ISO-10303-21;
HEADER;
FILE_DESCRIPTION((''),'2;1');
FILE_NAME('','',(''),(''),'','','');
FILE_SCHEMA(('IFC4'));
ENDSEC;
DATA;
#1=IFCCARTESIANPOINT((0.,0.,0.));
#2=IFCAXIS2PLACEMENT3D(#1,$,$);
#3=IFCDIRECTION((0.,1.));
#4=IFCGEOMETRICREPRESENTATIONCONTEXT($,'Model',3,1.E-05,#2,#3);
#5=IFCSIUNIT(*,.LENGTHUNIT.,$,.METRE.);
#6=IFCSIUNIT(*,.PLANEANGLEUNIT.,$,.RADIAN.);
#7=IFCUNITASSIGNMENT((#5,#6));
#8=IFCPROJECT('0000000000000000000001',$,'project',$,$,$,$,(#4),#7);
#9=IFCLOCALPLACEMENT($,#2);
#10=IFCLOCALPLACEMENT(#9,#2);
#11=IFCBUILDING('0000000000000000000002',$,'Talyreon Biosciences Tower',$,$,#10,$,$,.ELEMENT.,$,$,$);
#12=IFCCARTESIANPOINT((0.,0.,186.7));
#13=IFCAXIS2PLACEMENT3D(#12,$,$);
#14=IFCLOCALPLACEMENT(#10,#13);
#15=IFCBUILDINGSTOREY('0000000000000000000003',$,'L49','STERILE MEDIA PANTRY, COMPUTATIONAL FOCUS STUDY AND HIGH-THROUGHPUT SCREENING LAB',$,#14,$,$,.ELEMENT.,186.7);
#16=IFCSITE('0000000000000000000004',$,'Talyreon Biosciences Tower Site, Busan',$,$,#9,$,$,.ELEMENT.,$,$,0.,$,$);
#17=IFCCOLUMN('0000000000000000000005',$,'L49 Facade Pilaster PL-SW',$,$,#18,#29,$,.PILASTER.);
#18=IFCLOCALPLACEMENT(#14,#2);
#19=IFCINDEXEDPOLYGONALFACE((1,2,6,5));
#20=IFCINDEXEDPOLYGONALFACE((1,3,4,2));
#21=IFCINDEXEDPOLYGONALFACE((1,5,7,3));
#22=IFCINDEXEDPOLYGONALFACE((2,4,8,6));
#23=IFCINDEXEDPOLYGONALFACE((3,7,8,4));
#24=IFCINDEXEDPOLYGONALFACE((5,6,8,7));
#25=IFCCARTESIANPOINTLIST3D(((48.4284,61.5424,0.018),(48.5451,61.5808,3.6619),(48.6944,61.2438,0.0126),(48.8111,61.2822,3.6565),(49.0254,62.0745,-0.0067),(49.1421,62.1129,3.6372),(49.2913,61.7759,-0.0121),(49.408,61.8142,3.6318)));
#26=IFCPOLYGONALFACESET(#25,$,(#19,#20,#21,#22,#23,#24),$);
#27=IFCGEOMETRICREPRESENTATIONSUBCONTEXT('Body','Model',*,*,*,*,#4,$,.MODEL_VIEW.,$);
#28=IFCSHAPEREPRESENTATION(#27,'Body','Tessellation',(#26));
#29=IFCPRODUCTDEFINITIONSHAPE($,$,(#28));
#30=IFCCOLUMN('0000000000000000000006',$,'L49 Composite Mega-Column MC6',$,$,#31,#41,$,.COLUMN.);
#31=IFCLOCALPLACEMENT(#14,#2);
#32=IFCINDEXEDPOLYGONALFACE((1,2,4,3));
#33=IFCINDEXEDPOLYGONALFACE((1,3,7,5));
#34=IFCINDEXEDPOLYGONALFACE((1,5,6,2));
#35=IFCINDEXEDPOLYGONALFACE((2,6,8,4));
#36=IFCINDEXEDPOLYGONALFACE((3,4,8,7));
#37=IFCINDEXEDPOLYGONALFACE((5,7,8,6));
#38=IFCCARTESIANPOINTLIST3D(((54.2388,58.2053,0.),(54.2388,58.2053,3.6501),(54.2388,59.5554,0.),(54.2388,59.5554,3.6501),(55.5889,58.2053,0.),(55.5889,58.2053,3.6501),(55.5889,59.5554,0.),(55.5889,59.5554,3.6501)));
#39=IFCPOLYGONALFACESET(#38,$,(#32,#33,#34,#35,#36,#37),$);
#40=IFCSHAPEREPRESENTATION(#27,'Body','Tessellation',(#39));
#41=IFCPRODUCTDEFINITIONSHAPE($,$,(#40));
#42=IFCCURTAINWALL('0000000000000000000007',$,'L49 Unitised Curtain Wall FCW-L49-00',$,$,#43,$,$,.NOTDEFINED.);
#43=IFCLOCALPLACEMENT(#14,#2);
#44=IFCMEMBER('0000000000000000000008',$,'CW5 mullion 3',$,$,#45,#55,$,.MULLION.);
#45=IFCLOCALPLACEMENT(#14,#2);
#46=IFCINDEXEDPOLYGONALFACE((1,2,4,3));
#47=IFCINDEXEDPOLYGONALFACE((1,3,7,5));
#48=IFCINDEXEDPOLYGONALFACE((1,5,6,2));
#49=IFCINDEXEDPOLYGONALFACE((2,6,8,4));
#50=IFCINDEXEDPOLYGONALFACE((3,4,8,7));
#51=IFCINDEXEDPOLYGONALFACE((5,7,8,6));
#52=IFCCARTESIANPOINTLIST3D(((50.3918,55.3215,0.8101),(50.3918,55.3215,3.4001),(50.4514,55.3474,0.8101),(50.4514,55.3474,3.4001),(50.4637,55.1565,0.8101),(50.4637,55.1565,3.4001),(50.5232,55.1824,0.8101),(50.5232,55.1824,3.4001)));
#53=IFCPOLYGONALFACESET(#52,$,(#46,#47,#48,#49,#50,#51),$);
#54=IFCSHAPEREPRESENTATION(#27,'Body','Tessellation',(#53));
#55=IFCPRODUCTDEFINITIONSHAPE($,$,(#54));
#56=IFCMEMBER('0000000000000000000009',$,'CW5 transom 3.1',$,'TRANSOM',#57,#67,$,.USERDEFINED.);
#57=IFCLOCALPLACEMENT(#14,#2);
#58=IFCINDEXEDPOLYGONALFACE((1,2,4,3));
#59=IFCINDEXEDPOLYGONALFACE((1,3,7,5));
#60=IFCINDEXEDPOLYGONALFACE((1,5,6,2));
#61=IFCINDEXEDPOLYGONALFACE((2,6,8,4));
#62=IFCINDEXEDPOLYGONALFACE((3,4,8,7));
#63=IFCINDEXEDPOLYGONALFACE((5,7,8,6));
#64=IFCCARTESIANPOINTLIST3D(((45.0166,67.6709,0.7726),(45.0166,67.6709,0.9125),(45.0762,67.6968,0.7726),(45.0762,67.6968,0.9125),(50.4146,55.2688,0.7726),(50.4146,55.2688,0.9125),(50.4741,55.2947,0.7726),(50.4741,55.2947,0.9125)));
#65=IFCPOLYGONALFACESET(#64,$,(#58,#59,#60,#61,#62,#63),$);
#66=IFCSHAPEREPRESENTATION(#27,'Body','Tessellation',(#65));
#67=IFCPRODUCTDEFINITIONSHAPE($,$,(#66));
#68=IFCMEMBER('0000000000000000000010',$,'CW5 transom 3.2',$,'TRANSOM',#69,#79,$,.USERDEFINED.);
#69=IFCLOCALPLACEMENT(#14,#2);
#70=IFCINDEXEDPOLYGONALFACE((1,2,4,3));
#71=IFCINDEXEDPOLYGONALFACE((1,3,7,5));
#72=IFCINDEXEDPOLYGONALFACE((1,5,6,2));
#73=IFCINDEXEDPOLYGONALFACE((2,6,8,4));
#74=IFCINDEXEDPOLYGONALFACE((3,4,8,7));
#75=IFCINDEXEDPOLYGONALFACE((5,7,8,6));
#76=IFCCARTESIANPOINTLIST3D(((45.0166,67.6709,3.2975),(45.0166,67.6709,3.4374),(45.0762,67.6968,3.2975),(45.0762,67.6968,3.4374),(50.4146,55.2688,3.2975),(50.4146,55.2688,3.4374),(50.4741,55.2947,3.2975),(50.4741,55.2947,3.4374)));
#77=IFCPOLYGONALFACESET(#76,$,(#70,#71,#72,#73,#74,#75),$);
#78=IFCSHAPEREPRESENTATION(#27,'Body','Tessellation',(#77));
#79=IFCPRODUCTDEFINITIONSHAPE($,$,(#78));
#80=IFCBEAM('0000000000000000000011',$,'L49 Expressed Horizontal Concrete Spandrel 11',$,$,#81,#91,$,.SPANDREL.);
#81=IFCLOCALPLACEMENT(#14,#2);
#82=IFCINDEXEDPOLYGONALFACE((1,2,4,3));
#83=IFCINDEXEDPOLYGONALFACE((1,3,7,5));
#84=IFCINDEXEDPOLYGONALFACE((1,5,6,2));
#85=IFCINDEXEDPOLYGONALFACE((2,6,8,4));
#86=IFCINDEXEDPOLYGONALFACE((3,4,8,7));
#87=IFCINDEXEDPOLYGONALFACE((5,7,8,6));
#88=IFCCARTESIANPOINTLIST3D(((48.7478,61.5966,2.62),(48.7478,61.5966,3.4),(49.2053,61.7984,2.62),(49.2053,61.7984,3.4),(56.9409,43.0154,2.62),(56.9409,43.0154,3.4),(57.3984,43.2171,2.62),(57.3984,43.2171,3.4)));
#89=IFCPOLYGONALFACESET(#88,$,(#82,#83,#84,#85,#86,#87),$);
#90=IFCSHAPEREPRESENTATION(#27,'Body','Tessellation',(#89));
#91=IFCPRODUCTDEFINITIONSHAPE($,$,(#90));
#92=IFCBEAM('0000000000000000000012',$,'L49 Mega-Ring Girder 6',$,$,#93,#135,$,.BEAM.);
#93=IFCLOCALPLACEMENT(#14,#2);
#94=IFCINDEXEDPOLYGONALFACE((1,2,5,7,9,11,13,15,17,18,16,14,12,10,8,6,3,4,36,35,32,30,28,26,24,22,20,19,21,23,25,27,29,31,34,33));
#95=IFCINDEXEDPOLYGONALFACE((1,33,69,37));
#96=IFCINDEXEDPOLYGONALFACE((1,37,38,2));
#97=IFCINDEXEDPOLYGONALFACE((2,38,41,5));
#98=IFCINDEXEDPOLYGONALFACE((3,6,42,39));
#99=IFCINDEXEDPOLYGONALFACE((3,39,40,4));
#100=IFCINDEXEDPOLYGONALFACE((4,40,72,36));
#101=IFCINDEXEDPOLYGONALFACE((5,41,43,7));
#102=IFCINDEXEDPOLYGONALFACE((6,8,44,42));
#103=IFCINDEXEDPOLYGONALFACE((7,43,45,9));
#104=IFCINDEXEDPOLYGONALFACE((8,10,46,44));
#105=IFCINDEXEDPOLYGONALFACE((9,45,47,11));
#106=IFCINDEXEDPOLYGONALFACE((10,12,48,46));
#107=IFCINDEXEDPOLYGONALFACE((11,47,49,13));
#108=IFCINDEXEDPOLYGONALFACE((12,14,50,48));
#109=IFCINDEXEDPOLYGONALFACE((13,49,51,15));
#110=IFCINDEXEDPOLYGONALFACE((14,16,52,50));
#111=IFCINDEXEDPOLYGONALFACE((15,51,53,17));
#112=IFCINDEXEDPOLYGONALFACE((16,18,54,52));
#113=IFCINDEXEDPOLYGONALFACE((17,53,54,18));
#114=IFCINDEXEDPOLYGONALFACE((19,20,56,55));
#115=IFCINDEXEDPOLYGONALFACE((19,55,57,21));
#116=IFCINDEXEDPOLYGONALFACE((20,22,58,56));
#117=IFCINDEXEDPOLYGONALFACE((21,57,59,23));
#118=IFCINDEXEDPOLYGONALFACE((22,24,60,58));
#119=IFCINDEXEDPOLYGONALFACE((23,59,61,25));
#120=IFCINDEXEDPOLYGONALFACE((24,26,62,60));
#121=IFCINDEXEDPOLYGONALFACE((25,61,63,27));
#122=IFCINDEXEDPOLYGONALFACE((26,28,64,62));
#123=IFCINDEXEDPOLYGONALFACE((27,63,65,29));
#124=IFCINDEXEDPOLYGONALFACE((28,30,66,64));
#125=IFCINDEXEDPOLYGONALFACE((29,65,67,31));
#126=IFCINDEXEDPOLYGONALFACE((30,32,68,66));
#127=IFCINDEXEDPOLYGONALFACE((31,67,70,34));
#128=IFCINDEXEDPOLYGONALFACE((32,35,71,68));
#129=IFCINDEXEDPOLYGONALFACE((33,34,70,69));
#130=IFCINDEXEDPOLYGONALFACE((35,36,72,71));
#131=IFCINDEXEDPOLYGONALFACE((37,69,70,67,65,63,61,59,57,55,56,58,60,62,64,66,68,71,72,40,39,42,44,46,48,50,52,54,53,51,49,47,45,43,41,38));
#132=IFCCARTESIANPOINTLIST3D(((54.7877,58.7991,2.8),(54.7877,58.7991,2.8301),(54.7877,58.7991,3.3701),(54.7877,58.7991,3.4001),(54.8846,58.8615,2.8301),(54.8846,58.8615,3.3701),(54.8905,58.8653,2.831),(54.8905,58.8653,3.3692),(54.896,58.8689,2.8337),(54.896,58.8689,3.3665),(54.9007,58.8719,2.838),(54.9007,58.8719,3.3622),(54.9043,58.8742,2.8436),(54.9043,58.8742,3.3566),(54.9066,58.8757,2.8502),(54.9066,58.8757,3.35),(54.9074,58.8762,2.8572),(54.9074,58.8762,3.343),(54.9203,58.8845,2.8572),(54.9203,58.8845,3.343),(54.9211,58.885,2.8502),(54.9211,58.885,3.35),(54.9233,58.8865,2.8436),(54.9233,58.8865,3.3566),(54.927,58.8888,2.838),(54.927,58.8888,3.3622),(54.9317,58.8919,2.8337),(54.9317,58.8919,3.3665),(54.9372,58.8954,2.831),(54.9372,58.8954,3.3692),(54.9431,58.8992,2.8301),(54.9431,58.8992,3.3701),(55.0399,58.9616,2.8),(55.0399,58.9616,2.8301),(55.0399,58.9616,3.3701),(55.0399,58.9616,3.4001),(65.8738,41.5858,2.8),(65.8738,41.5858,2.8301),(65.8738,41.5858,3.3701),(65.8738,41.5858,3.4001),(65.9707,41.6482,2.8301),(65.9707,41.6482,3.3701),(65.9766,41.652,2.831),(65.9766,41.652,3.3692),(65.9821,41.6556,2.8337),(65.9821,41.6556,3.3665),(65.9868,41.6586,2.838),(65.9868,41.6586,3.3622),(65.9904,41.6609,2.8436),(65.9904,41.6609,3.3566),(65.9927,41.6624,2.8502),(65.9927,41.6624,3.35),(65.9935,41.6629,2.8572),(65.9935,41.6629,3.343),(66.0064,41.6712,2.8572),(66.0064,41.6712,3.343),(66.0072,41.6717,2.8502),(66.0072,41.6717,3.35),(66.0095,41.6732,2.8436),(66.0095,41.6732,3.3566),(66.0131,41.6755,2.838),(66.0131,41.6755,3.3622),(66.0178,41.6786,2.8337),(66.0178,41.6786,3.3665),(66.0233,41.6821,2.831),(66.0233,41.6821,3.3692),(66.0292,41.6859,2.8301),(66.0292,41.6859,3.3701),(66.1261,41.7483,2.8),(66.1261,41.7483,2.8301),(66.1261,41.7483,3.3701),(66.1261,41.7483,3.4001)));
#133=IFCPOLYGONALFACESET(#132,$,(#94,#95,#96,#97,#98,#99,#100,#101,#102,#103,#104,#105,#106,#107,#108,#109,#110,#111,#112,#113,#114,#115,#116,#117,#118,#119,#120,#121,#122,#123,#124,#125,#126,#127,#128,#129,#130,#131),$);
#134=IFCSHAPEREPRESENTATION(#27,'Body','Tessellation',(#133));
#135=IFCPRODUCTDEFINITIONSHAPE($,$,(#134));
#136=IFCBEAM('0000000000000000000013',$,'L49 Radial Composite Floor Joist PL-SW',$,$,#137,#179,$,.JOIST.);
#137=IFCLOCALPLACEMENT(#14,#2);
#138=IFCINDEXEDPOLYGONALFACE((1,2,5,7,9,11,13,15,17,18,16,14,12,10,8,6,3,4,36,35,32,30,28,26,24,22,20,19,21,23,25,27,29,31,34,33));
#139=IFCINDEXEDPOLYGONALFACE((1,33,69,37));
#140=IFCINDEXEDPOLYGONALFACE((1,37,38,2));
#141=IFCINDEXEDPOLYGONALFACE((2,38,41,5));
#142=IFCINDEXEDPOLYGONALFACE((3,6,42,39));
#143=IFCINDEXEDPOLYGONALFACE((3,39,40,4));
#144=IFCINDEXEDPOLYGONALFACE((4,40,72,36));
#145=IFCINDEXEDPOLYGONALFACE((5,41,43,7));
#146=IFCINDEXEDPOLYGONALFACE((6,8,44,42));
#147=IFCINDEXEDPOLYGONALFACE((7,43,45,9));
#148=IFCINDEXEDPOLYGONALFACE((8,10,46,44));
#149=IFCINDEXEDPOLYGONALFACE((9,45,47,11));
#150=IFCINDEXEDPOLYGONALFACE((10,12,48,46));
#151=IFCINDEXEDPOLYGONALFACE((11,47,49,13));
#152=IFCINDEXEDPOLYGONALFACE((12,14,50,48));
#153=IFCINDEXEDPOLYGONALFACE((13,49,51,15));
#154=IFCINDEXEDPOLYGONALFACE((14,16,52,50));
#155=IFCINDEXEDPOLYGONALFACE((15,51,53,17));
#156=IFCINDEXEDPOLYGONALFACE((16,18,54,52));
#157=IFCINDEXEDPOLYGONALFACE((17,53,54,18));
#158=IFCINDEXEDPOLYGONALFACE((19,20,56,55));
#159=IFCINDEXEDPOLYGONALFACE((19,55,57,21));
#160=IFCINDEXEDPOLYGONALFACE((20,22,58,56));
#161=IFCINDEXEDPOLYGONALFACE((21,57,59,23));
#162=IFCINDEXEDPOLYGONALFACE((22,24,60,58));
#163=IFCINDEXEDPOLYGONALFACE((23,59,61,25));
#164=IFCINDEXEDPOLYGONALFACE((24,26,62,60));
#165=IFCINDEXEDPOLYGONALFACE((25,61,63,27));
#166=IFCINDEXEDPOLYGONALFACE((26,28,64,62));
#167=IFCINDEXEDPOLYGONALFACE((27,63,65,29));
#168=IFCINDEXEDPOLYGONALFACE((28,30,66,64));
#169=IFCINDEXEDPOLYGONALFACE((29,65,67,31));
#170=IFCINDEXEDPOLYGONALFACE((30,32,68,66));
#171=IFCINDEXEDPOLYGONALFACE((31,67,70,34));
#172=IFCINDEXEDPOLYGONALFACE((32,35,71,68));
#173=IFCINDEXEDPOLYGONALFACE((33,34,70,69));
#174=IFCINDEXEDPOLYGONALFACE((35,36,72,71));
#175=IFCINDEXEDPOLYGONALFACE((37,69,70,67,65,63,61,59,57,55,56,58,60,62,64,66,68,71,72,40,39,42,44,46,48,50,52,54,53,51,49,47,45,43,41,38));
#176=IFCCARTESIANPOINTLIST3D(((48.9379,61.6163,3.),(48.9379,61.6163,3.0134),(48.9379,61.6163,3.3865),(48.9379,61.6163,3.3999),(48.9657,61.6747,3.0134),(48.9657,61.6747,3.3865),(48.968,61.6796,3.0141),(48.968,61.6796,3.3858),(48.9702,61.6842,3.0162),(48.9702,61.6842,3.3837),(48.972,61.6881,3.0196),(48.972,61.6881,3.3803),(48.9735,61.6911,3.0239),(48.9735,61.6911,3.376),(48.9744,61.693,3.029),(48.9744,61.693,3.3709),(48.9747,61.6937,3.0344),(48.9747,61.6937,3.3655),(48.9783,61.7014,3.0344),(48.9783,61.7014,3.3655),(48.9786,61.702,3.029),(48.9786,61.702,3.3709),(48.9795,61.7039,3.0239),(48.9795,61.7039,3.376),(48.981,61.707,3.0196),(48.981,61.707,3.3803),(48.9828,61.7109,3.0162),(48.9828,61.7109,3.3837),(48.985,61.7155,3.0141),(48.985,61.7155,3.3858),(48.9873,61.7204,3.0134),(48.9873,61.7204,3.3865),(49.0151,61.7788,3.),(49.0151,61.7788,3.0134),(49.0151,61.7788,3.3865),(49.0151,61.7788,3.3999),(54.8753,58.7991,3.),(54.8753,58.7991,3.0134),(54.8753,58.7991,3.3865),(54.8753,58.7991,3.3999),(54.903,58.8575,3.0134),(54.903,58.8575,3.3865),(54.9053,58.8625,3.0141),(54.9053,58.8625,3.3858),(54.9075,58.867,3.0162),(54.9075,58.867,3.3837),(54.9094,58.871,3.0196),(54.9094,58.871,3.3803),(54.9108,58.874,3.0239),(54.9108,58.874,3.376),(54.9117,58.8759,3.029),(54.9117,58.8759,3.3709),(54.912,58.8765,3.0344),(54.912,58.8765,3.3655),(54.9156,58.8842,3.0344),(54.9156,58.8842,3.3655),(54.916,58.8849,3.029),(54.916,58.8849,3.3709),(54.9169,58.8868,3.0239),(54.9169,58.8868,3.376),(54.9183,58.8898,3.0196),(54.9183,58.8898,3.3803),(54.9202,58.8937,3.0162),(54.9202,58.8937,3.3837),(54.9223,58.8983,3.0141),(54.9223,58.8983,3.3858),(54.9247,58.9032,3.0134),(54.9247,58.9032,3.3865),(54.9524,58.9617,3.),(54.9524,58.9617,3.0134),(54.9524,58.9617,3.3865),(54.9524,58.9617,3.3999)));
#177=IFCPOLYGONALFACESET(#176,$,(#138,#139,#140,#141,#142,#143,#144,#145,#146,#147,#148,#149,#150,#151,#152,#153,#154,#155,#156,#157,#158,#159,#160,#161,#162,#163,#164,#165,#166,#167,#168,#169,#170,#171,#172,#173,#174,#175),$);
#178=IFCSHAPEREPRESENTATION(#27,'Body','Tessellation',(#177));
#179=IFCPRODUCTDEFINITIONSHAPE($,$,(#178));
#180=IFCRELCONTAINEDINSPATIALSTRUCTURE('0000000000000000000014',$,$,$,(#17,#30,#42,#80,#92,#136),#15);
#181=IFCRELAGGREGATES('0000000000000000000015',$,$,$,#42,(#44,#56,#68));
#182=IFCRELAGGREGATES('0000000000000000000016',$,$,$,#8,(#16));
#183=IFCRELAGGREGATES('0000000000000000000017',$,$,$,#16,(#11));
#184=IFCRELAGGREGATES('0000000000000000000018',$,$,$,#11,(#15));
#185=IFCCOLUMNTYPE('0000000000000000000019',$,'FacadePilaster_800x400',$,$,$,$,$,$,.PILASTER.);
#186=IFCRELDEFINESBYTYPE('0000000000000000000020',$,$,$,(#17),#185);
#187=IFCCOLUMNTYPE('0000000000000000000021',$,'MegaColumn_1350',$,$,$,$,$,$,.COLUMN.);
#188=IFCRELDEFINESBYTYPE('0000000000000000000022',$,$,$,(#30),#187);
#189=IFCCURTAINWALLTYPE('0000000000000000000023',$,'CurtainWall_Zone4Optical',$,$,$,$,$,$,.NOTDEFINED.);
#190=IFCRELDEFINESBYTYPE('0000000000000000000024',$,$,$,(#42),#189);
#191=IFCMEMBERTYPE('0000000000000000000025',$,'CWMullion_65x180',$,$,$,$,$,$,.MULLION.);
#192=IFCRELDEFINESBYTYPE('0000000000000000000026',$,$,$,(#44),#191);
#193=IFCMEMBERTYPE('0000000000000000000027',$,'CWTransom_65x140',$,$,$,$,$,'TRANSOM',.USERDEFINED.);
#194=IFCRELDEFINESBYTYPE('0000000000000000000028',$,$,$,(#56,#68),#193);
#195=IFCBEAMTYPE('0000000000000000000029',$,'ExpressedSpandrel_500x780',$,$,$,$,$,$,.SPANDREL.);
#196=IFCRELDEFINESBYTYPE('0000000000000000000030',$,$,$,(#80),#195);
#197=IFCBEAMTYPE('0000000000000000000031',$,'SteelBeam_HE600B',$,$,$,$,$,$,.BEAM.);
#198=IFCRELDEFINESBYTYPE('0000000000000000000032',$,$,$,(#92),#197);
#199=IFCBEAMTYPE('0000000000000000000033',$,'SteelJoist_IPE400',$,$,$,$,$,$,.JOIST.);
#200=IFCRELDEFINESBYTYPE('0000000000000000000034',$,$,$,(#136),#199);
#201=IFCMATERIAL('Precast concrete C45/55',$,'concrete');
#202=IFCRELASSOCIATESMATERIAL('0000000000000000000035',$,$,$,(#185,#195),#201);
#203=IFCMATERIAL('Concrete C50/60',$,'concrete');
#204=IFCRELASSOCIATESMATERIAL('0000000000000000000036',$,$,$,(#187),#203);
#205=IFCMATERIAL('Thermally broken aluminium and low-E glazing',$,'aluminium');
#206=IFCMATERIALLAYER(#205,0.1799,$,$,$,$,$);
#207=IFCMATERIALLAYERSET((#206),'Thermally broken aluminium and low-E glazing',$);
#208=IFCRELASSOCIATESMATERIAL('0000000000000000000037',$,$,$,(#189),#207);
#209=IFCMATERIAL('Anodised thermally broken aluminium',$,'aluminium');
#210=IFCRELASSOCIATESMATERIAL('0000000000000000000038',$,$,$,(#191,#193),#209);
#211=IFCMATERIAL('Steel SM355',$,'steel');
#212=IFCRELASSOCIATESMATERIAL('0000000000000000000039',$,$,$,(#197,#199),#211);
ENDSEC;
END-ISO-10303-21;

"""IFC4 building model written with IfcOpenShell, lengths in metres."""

from ifc_helpers import new_model, si_unit, direction, frame, origin, origin_2d, place, context, subcontext, project, spatial, rectangle, i_section, extrude, material, layer, layer_set, material_profile, profile_set, type_object, element, aggregate, save


model = new_model("IFC4")

# Units and contexts
model_context = context("Model", 3, precision=1e-05, world=origin(), true_north=direction((0.0, 1.0)))
body_context = subcontext(model_context, "Body", "Model", "MODEL_VIEW")
ifc_project = project(units=[si_unit("LENGTHUNIT", "METRE"), si_unit("PLANEANGLEUNIT", "RADIAN")], contexts=[model_context])

# Site, building, storey
site_placement = place(None, origin())
site = spatial("IfcSite", under=ifc_project, at=site_placement, Name="Talyreon Biosciences Tower Site, Busan", CompositionType="ELEMENT", RefElevation=0.0)
building_placement = place(site_placement, origin())
building = spatial("IfcBuilding", under=site, at=building_placement, Name="Talyreon Biosciences Tower", CompositionType="ELEMENT")
storey_placement = place(building_placement, frame((0.0, 0.0, 186.7)))
storey = spatial("IfcBuildingStorey", under=building, at=storey_placement, Name="L49", Description="STERILE MEDIA PANTRY, COMPUTATIONAL FOCUS STUDY AND HIGH-THROUGHPUT SCREENING LAB", CompositionType="ELEMENT", Elevation=186.7)

# Columns
ifc_material_1 = material(Name="Precast concrete C45/55", Category="concrete")
ifc_material_profile_1 = material_profile(ifc_material_1, rectangle(XDim=0.8, YDim=0.3999, at=origin_2d()), Name="RC 800x400")
ifc_profile_set_1 = profile_set([ifc_material_profile_1], Name="Precast concrete C45/55")
column_type_1 = type_object("IfcColumnType", Name="FacadePilaster_800x400", PredefinedType="PILASTER", material=ifc_profile_set_1)
column_1_placement = place(storey_placement, frame((48.8599, 61.6592, 0.0029), z_axis=(0.032006, 0.010513, 0.999432), x_axis=(0.746145, 0.665066, -0.030891)))
element("IfcColumn", 1, at=column_1_placement, inside=storey, type_object=column_type_1, Name="L49 Facade Pilaster PL-SW", PredefinedType="PILASTER", context=body_context, shape_type="SweptSolid", body=[
    extrude(rectangle(XDim=0.8, YDim=0.3999, at=origin_2d()), origin(), (0.0, 0.0, 1.0), 3.646),
])
ifc_material_2 = material(Name="Concrete C50/60", Category="concrete")
ifc_material_profile_2 = material_profile(ifc_material_2, rectangle(XDim=1.3501, YDim=1.3501, at=origin_2d()), Name="RC 1350x1350")
ifc_profile_set_2 = profile_set([ifc_material_profile_2], Name="Concrete C50/60")
column_type_2 = type_object("IfcColumnType", Name="MegaColumn_1350", PredefinedType="COLUMN", material=ifc_profile_set_2)
column_2_placement = place(storey_placement, frame((54.9138, 58.8804, 0.0), z_axis=(0.0, 0.0, 1.0), x_axis=(1.0, 0.0, 0.0)))
element("IfcColumn", 2, at=column_2_placement, inside=storey, type_object=column_type_2, Name="L49 Composite Mega-Column MC6", PredefinedType="COLUMN", context=body_context, shape_type="SweptSolid", body=[
    extrude(rectangle(XDim=1.3501, YDim=1.3501, at=origin_2d()), origin(), (0.0, 0.0, 1.0), 3.6501),
])

# Curtain wall, members
ifc_material_3 = material(Name="Thermally broken aluminium and low-E glazing", Category="aluminium")
ifc_layer_1 = layer(ifc_material_3, 0.1799)
ifc_layer_set_1 = layer_set([ifc_layer_1], Name="Thermally broken aluminium and low-E glazing")
curtain_wall_type = type_object("IfcCurtainWallType", Name="CurtainWall_Zone4Optical", PredefinedType="NOTDEFINED", material=ifc_layer_set_1)
curtain_wall_placement = place(storey_placement, origin())
curtain_wall = element("IfcCurtainWall", 3, at=curtain_wall_placement, inside=storey, type_object=curtain_wall_type, Name="L49 Unitised Curtain Wall FCW-L49-00", PredefinedType="NOTDEFINED")
ifc_material_4 = material(Name="Anodised thermally broken aluminium", Category="aluminium")
ifc_material_profile_3 = material_profile(ifc_material_4, rectangle(XDim=0.0649, YDim=0.1799, at=origin_2d()), Name="ALUM MULLION 65x180")
ifc_profile_set_3 = profile_set([ifc_material_profile_3], Name="Anodised thermally broken aluminium")
member_type_1 = type_object("IfcMemberType", Name="CWMullion_65x180", PredefinedType="MULLION", material=ifc_profile_set_3)
member_1_placement = place(storey_placement, frame((50.4575, 55.252, 0.8101), z_axis=(0.0, 0.0, 1.0), x_axis=(-0.916912, -0.399089, 0.0)))
member_1 = element("IfcMember", 4, at=member_1_placement, type_object=member_type_1, Name="CW5 mullion 3", PredefinedType="MULLION", context=body_context, shape_type="SweptSolid", body=[
    extrude(rectangle(XDim=0.0649, YDim=0.1799, at=origin_2d()), origin(), (0.0, 0.0, 1.0), 2.5901),
])
ifc_material_profile_4 = material_profile(ifc_material_4, rectangle(XDim=0.0649, YDim=0.1399, at=origin_2d()), Name="ALUM TRANSOM 65x140")
ifc_profile_set_4 = profile_set([ifc_material_profile_4], Name="Anodised thermally broken aluminium")
member_type_2 = type_object("IfcMemberType", Name="CWTransom_65x140", ElementType="TRANSOM", PredefinedType="USERDEFINED", material=ifc_profile_set_4)
member_2_placement = place(storey_placement, frame((50.4443, 55.2817, 0.8425), z_axis=(-0.399082, 0.916915, 0.0), x_axis=(-0.916915, -0.399082, 0.0)))
member_2 = element("IfcMember", 5, at=member_2_placement, type_object=member_type_2, Name="CW5 transom 3.1", ObjectType="TRANSOM", PredefinedType="USERDEFINED", context=body_context, shape_type="SweptSolid", body=[
    extrude(rectangle(XDim=0.0649, YDim=0.1399, at=origin_2d()), origin(), (0.0, 0.0, 1.0), 13.5259),
])
member_3_placement = place(storey_placement, frame((50.4443, 55.2817, 3.3674), z_axis=(-0.399082, 0.916915, 0.0), x_axis=(-0.916915, -0.399082, 0.0)))
member_3 = element("IfcMember", 6, at=member_3_placement, type_object=member_type_2, Name="CW5 transom 3.2", ObjectType="TRANSOM", PredefinedType="USERDEFINED", context=body_context, shape_type="SweptSolid", body=[
    extrude(rectangle(XDim=0.0649, YDim=0.1399, at=origin_2d()), origin(), (0.0, 0.0, 1.0), 13.5259),
])

# Beams
ifc_material_profile_5 = material_profile(ifc_material_1, rectangle(XDim=0.5, YDim=0.78, at=origin_2d()), Name="RCB 500x780")
ifc_profile_set_5 = profile_set([ifc_material_profile_5], Name="Precast concrete C45/55")
beam_type_1 = type_object("IfcBeamType", Name="ExpressedSpandrel_500x780", PredefinedType="SPANDREL", material=ifc_profile_set_5)
beam_1_placement = place(storey_placement, frame((48.9766, 61.6975, 3.01), z_axis=(0.403454, -0.915, 0.0), x_axis=(0.915, 0.403454, 0.0)))
element("IfcBeam", 7, at=beam_1_placement, inside=storey, type_object=beam_type_1, Name="L49 Expressed Horizontal Concrete Spandrel 11", PredefinedType="SPANDREL", context=body_context, shape_type="SweptSolid", body=[
    extrude(rectangle(XDim=0.5, YDim=0.78, at=origin_2d()), origin(), (0.0, 0.0, 1.0), 20.3074),
])
ifc_material_5 = material(Name="Steel SM355", Category="steel")
ifc_material_profile_6 = material_profile(ifc_material_5, i_section(OverallWidth=0.3, OverallDepth=0.6001, WebThickness=0.0154, FlangeThickness=0.03, FilletRadius=0.0271, at=origin_2d()), Name="HE600B")
ifc_profile_set_6 = profile_set([ifc_material_profile_6], Name="Steel SM355")
beam_type_2 = type_object("IfcBeamType", Name="SteelBeam_HE600B", PredefinedType="BEAM", material=ifc_profile_set_6)
beam_2_placement = place(storey_placement, frame((54.9138, 58.8804, 3.1001), z_axis=(0.541464, -0.840724, 0.0), x_axis=(0.840724, 0.541464, 0.0)))
element("IfcBeam", 8, at=beam_2_placement, inside=storey, type_object=beam_type_2, Name="L49 Mega-Ring Girder 6", PredefinedType="BEAM", context=body_context, shape_type="SweptSolid", body=[
    extrude(i_section(OverallWidth=0.3, OverallDepth=0.6001, WebThickness=0.0154, FlangeThickness=0.03, FilletRadius=0.0271, at=origin_2d()), origin(), (0.0, 0.0, 1.0), 20.4744),
])
ifc_material_profile_7 = material_profile(ifc_material_5, i_section(OverallWidth=0.1799, OverallDepth=0.3999, WebThickness=0.0085, FlangeThickness=0.0134, FilletRadius=0.021, at=origin_2d()), Name="IPE400")
ifc_profile_set_7 = profile_set([ifc_material_profile_7], Name="Steel SM355")
beam_type_3 = type_object("IfcBeamType", Name="SteelJoist_IPE400", PredefinedType="JOIST", material=ifc_profile_set_7)
beam_3_placement = place(storey_placement, frame((54.9138, 58.8804, 3.2), z_axis=(-0.903458, 0.428677, 0.0), x_axis=(-0.428677, -0.903458, 0.0)))
element("IfcBeam", 9, at=beam_3_placement, inside=storey, type_object=beam_type_3, Name="L49 Radial Composite Floor Joist PL-SW", PredefinedType="JOIST", context=body_context, shape_type="SweptSolid", body=[
    extrude(i_section(OverallWidth=0.1799, OverallDepth=0.3999, WebThickness=0.0085, FlangeThickness=0.0134, FilletRadius=0.021, at=origin_2d()), origin(), (0.0, 0.0, 1.0), 6.5718),
])

aggregate(curtain_wall, [member_1, member_2, member_3])

save(model, "model.ifc")
